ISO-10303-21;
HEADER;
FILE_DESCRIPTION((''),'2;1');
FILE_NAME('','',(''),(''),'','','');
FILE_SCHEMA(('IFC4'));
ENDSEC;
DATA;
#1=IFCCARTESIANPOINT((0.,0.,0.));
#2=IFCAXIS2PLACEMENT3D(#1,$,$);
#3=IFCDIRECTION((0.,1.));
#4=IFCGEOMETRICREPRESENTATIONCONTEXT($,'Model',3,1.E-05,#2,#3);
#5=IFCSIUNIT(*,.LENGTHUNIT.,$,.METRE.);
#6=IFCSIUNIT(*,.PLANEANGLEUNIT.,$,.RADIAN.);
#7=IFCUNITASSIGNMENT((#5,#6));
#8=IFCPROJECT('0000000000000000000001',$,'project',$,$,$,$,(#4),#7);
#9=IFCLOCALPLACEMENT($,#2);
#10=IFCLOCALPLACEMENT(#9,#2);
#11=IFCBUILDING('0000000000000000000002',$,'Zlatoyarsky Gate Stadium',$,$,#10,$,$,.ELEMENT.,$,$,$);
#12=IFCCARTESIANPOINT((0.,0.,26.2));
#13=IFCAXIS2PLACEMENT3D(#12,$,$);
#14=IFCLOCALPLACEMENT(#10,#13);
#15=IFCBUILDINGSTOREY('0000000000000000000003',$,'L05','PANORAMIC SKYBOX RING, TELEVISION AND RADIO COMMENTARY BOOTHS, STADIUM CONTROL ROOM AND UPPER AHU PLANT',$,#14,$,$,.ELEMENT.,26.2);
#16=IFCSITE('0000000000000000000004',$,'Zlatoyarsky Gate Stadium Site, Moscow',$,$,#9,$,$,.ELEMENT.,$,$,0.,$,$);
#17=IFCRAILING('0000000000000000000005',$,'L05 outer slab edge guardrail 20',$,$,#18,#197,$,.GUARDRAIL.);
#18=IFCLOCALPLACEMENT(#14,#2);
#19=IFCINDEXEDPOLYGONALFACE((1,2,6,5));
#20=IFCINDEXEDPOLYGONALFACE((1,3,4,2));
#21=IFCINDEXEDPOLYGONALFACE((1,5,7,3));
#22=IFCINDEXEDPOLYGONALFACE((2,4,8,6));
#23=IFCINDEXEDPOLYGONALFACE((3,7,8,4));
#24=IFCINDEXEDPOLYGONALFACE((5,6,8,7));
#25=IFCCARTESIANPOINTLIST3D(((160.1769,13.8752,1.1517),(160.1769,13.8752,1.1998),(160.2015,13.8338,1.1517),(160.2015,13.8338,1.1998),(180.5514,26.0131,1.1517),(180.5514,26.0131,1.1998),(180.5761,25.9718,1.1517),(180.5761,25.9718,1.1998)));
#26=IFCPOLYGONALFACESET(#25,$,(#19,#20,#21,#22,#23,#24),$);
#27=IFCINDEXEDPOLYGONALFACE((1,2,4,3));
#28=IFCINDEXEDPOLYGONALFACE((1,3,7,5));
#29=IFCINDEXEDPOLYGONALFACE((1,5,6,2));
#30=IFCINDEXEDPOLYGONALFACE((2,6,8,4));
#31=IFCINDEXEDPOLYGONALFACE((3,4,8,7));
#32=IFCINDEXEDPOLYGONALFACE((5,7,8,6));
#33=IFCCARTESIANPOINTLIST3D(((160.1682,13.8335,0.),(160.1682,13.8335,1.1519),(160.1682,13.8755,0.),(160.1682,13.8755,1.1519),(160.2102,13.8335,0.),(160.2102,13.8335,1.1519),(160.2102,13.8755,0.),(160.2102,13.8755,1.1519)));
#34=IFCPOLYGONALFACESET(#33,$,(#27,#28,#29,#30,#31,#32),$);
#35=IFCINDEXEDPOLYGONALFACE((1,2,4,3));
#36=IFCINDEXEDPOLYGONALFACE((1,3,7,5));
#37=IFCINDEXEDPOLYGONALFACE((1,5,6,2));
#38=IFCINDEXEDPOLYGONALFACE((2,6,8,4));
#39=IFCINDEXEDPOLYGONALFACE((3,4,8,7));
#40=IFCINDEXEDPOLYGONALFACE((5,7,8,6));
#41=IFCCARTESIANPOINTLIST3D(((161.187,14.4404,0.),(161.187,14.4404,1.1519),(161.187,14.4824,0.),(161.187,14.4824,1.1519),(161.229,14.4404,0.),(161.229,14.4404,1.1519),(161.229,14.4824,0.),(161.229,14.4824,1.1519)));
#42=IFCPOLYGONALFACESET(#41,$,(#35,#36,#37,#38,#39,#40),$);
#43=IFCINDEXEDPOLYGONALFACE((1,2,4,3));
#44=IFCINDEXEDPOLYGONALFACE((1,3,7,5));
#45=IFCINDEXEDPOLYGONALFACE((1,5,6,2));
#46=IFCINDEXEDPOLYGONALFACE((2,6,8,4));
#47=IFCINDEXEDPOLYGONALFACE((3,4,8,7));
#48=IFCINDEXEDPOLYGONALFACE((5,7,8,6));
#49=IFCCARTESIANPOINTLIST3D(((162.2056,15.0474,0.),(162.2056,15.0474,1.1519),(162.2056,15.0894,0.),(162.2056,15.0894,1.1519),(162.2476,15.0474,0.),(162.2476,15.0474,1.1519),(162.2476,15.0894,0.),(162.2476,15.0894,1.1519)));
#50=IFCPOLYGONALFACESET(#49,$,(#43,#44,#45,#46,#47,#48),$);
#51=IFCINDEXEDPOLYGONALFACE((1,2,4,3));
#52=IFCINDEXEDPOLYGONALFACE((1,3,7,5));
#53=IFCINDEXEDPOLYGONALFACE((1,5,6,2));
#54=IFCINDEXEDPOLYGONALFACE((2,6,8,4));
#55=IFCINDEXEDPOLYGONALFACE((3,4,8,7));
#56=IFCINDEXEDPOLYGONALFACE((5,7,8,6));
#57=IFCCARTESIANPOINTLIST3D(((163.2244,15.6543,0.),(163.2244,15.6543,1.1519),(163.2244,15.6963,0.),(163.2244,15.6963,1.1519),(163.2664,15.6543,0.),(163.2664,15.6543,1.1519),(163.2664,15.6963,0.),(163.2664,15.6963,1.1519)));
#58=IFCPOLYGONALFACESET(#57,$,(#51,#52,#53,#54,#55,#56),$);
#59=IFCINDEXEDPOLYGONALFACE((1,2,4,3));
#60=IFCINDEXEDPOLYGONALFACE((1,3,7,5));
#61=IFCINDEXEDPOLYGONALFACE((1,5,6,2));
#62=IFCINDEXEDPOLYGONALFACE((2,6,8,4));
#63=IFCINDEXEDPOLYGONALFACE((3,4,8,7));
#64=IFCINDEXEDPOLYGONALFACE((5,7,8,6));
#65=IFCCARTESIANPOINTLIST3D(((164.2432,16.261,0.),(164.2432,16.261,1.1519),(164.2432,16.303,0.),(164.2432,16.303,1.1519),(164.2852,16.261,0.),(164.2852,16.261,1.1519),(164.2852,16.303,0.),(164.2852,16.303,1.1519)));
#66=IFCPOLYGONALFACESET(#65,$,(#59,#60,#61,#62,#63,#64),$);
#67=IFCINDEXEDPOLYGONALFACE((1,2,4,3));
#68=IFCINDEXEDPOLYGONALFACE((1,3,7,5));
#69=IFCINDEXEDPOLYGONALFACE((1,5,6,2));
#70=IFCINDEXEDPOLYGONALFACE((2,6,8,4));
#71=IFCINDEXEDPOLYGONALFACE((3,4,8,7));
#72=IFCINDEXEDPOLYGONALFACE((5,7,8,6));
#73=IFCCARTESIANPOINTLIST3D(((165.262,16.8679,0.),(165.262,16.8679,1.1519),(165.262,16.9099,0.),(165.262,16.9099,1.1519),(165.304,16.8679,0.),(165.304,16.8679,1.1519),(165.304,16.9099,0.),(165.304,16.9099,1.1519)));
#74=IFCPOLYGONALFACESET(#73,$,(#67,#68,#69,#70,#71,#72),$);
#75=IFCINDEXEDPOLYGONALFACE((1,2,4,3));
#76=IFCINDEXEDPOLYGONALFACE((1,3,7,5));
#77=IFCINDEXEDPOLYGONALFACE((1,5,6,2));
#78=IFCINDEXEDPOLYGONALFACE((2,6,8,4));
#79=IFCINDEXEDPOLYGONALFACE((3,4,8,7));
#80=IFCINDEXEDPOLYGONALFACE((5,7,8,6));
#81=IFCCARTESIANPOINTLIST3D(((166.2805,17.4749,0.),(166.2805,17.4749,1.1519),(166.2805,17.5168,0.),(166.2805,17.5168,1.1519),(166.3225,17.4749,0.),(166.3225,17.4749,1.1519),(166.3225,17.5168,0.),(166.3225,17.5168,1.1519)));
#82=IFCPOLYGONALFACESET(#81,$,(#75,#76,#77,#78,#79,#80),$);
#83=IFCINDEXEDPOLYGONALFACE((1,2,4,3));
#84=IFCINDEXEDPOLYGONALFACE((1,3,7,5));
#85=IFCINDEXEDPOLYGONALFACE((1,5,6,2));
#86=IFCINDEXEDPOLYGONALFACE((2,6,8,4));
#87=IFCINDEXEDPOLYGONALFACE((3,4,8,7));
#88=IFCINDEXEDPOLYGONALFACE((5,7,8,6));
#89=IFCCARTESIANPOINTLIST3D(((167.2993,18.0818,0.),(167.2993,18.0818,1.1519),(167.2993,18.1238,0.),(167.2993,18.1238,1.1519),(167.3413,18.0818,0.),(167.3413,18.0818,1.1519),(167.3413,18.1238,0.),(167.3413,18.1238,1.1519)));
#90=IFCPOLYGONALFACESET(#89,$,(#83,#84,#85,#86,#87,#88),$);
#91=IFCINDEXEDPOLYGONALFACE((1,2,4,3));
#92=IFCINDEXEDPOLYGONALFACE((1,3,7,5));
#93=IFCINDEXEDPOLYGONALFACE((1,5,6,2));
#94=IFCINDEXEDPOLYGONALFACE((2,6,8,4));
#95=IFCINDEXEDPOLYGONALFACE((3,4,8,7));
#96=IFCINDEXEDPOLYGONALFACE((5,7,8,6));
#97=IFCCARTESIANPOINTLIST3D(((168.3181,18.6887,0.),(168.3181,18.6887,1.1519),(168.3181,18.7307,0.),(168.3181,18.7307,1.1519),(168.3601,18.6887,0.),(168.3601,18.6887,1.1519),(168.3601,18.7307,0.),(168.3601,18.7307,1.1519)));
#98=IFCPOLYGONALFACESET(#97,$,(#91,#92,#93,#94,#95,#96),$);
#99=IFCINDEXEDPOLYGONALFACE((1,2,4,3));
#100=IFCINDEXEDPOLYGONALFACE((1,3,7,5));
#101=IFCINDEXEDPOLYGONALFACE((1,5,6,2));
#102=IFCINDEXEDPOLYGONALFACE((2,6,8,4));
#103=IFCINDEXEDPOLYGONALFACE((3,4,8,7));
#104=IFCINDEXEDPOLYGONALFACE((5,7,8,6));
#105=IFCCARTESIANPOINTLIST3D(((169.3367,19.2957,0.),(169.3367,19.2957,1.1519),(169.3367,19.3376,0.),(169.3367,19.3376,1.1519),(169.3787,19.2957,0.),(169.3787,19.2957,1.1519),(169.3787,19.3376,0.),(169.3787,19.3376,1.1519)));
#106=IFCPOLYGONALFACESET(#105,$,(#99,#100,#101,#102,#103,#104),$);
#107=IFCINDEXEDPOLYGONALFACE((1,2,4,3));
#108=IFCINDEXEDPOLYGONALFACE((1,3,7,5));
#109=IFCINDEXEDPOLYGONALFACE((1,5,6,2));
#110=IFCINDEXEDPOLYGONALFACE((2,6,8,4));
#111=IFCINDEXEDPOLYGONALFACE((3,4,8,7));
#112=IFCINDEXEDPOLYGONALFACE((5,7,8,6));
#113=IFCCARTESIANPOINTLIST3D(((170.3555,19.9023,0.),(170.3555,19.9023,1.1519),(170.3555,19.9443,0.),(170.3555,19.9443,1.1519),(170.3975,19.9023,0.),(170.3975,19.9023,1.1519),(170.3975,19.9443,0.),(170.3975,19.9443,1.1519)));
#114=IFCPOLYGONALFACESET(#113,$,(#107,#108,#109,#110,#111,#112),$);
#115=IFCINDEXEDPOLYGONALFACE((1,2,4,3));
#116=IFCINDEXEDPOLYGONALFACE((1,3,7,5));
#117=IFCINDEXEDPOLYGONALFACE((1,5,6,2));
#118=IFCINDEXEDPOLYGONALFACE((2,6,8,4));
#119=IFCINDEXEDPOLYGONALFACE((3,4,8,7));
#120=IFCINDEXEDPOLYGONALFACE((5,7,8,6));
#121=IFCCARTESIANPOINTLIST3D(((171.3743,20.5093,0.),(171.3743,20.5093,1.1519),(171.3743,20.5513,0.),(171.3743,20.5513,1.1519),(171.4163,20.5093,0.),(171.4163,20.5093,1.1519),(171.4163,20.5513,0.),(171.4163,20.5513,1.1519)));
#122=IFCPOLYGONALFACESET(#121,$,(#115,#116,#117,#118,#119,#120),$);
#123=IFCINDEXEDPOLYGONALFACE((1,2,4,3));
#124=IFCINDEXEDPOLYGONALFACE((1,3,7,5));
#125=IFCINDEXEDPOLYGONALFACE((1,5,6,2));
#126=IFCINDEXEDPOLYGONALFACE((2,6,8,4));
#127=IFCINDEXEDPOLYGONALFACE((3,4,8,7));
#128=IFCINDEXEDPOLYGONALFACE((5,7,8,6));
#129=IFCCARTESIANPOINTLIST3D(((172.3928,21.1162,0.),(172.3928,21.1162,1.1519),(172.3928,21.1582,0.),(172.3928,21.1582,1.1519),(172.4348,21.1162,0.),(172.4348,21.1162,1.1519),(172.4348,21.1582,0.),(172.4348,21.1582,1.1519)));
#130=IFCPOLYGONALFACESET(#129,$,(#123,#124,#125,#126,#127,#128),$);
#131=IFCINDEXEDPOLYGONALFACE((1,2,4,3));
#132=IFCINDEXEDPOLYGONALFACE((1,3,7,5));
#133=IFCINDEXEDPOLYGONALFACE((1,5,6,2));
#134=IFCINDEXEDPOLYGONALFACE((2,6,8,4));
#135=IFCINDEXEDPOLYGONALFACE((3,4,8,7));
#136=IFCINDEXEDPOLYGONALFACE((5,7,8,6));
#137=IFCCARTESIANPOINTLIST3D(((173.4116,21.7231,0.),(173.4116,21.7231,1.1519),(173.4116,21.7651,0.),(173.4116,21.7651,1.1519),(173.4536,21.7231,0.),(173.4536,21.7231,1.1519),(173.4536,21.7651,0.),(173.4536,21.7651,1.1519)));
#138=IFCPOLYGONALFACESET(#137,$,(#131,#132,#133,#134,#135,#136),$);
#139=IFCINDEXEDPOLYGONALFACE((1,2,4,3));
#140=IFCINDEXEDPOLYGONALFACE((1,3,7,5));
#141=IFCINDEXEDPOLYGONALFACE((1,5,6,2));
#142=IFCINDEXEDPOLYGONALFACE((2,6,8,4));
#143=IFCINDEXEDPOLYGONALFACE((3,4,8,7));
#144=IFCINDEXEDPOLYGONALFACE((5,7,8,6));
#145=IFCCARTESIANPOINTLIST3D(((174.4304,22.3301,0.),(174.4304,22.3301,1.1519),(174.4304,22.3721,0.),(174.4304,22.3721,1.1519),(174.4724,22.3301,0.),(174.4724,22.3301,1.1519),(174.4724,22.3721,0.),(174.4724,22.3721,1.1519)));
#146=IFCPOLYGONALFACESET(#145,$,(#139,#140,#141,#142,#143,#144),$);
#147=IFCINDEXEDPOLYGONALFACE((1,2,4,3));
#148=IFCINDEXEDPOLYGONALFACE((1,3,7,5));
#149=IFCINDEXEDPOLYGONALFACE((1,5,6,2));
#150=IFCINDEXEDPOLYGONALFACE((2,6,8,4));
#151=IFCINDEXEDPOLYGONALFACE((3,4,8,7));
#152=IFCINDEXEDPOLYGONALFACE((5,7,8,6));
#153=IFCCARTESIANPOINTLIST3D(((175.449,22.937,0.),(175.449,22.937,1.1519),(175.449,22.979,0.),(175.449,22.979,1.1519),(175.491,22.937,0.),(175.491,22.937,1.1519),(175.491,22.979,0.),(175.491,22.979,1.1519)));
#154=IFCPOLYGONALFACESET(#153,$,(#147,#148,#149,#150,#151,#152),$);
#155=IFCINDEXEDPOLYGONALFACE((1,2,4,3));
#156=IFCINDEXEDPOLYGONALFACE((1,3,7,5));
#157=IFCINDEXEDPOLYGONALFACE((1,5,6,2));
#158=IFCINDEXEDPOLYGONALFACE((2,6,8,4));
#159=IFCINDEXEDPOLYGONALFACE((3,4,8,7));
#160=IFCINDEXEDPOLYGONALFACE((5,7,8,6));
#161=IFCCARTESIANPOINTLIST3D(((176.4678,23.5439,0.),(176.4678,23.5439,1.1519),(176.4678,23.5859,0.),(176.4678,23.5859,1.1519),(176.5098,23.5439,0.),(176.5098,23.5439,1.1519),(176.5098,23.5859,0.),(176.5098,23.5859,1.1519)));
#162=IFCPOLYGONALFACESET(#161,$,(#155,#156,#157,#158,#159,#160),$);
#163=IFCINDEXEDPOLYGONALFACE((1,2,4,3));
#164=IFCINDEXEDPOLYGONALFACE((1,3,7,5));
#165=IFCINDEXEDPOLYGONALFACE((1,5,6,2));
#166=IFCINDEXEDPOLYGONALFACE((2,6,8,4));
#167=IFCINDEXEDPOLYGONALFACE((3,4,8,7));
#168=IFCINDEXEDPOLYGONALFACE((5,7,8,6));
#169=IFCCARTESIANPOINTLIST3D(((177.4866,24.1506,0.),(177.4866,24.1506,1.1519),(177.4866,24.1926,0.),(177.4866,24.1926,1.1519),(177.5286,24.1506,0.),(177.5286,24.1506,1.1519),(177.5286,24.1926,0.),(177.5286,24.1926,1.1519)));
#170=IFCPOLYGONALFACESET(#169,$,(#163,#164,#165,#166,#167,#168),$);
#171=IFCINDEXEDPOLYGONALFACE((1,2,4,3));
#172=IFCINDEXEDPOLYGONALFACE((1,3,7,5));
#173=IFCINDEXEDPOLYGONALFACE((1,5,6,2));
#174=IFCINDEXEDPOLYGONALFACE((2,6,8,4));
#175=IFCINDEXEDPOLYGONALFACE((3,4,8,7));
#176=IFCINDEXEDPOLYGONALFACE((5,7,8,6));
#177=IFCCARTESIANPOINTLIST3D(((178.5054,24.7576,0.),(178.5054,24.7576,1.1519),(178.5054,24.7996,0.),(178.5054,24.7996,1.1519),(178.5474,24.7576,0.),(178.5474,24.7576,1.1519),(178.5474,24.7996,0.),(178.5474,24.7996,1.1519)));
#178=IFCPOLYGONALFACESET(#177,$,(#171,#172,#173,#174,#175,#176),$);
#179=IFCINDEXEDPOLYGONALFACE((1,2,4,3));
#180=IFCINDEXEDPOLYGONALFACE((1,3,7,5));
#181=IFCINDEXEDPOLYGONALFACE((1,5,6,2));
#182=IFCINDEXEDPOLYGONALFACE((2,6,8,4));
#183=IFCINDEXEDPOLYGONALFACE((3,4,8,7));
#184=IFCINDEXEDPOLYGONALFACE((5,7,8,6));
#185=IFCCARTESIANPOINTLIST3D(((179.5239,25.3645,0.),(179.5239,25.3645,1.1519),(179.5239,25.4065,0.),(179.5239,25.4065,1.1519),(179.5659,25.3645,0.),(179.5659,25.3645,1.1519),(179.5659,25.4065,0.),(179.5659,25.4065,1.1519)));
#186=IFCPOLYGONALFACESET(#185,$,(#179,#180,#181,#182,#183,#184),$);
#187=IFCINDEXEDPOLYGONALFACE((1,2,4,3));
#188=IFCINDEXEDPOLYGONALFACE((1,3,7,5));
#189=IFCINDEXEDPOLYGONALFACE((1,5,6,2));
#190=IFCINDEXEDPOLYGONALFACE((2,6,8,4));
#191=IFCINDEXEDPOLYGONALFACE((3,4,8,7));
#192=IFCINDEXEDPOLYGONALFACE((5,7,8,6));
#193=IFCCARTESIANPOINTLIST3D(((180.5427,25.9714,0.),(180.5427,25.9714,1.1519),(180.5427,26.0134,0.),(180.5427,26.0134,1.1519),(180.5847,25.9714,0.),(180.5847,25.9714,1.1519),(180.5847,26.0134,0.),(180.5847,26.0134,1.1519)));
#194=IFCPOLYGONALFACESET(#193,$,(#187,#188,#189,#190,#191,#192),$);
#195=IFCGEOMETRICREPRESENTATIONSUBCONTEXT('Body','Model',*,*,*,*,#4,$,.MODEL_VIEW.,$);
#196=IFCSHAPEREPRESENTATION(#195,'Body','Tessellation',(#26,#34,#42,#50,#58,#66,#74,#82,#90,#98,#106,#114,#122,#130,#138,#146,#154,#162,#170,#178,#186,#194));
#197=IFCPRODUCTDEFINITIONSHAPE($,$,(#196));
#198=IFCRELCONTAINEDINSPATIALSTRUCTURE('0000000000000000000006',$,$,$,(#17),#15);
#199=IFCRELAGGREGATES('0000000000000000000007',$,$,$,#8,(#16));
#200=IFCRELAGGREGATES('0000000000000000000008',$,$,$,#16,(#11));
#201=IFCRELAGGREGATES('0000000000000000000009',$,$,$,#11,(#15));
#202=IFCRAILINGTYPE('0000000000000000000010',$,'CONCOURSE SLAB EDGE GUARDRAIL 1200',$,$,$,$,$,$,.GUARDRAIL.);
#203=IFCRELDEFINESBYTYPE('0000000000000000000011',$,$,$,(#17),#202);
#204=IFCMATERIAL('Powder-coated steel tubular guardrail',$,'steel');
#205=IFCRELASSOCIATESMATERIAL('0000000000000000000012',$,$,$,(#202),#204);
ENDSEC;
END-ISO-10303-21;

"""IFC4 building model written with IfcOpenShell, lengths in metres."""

from ifc_helpers import new_model, si_unit, direction, frame, origin, origin_2d, place, context, subcontext, project, spatial, rectangle, extrude, material, type_object, element, save


model = new_model("IFC4")

# Units and contexts
model_context = context("Model", 3, precision=1e-05, world=origin(), true_north=direction((0.0, 1.0)))
body_context = subcontext(model_context, "Body", "Model", "MODEL_VIEW")
ifc_project = project(units=[si_unit("LENGTHUNIT", "METRE"), si_unit("PLANEANGLEUNIT", "RADIAN")], contexts=[model_context])

# Site, building, storey
site_placement = place(None, origin())
site = spatial("IfcSite", under=ifc_project, at=site_placement, Name="Zlatoyarsky Gate Stadium Site, Moscow", CompositionType="ELEMENT", RefElevation=0.0)
building_placement = place(site_placement, origin())
building = spatial("IfcBuilding", under=site, at=building_placement, Name="Zlatoyarsky Gate Stadium", CompositionType="ELEMENT")
storey_placement = place(building_placement, frame((0.0, 0.0, 26.2)))
storey = spatial("IfcBuildingStorey", under=building, at=storey_placement, Name="L05", Description="PANORAMIC SKYBOX RING, TELEVISION AND RADIO COMMENTARY BOOTHS, STADIUM CONTROL ROOM AND UPPER AHU PLANT", CompositionType="ELEMENT", Elevation=26.2)

# Railing
ifc_material_1 = material(Name="Powder-coated steel tubular guardrail", Category="steel")
railing_type = type_object("IfcRailingType", Name="CONCOURSE SLAB EDGE GUARDRAIL 1200", PredefinedType="GUARDRAIL", material=ifc_material_1)
railing_placement = place(storey_placement, frame((160.1892, 13.8545, 0.0)))
element("IfcRailing", 1, at=railing_placement, inside=storey, type_object=railing_type, Name="L05 outer slab edge guardrail 20", PredefinedType="GUARDRAIL", context=body_context, shape_type="SweptSolid", body=[
    extrude(rectangle(XDim=0.0481, YDim=0.0481, at=origin_2d()), frame((0.0, 0.0, 1.1758), z_axis=(0.859103, 0.511803, 0.0), x_axis=(-0.511803, 0.859103, 0.0)), (0.0, 0.0, 1.0), 23.7161),
    extrude(rectangle(XDim=0.042, YDim=0.042, at=origin_2d()), origin(), (0.0, 0.0, 1.0), 1.1519),
    extrude(rectangle(XDim=0.042, YDim=0.042, at=origin_2d()), frame((1.0188, 0.6069, 0.0)), (0.0, 0.0, 1.0), 1.1519),
    extrude(rectangle(XDim=0.042, YDim=0.042, at=origin_2d()), frame((2.0374, 1.2139, 0.0)), (0.0, 0.0, 1.0), 1.1519),
    extrude(rectangle(XDim=0.042, YDim=0.042, at=origin_2d()), frame((3.0562, 1.8208, 0.0)), (0.0, 0.0, 1.0), 1.1519),
    extrude(rectangle(XDim=0.042, YDim=0.042, at=origin_2d()), frame((4.075, 2.4275, 0.0)), (0.0, 0.0, 1.0), 1.1519),
    extrude(rectangle(XDim=0.042, YDim=0.042, at=origin_2d()), frame((5.0938, 3.0344, 0.0)), (0.0, 0.0, 1.0), 1.1519),
    extrude(rectangle(XDim=0.042, YDim=0.042, at=origin_2d()), frame((6.1123, 3.6414, 0.0)), (0.0, 0.0, 1.0), 1.1519),
    extrude(rectangle(XDim=0.042, YDim=0.042, at=origin_2d()), frame((7.1311, 4.2483, 0.0)), (0.0, 0.0, 1.0), 1.1519),
    extrude(rectangle(XDim=0.042, YDim=0.042, at=origin_2d()), frame((8.1499, 4.8552, 0.0)), (0.0, 0.0, 1.0), 1.1519),
    extrude(rectangle(XDim=0.042, YDim=0.042, at=origin_2d()), frame((9.1685, 5.4622, 0.0)), (0.0, 0.0, 1.0), 1.1519),
    extrude(rectangle(XDim=0.042, YDim=0.042, at=origin_2d()), frame((10.1873, 6.0688, 0.0)), (0.0, 0.0, 1.0), 1.1519),
    extrude(rectangle(XDim=0.042, YDim=0.042, at=origin_2d()), frame((11.2061, 6.6758, 0.0)), (0.0, 0.0, 1.0), 1.1519),
    extrude(rectangle(XDim=0.042, YDim=0.042, at=origin_2d()), frame((12.2246, 7.2827, 0.0)), (0.0, 0.0, 1.0), 1.1519),
    extrude(rectangle(XDim=0.042, YDim=0.042, at=origin_2d()), frame((13.2434, 7.8896, 0.0)), (0.0, 0.0, 1.0), 1.1519),
    extrude(rectangle(XDim=0.042, YDim=0.042, at=origin_2d()), frame((14.2622, 8.4966, 0.0)), (0.0, 0.0, 1.0), 1.1519),
    extrude(rectangle(XDim=0.042, YDim=0.042, at=origin_2d()), frame((15.2808, 9.1035, 0.0)), (0.0, 0.0, 1.0), 1.1519),
    extrude(rectangle(XDim=0.042, YDim=0.042, at=origin_2d()), frame((16.2996, 9.7104, 0.0)), (0.0, 0.0, 1.0), 1.1519),
    extrude(rectangle(XDim=0.042, YDim=0.042, at=origin_2d()), frame((17.3184, 10.3171, 0.0)), (0.0, 0.0, 1.0), 1.1519),
    extrude(rectangle(XDim=0.042, YDim=0.042, at=origin_2d()), frame((18.3372, 10.9241, 0.0)), (0.0, 0.0, 1.0), 1.1519),
    extrude(rectangle(XDim=0.042, YDim=0.042, at=origin_2d()), frame((19.3557, 11.531, 0.0)), (0.0, 0.0, 1.0), 1.1519),
    extrude(rectangle(XDim=0.042, YDim=0.042, at=origin_2d()), frame((20.3745, 12.1379, 0.0)), (0.0, 0.0, 1.0), 1.1519),
])

save(model, "model.ifc")
